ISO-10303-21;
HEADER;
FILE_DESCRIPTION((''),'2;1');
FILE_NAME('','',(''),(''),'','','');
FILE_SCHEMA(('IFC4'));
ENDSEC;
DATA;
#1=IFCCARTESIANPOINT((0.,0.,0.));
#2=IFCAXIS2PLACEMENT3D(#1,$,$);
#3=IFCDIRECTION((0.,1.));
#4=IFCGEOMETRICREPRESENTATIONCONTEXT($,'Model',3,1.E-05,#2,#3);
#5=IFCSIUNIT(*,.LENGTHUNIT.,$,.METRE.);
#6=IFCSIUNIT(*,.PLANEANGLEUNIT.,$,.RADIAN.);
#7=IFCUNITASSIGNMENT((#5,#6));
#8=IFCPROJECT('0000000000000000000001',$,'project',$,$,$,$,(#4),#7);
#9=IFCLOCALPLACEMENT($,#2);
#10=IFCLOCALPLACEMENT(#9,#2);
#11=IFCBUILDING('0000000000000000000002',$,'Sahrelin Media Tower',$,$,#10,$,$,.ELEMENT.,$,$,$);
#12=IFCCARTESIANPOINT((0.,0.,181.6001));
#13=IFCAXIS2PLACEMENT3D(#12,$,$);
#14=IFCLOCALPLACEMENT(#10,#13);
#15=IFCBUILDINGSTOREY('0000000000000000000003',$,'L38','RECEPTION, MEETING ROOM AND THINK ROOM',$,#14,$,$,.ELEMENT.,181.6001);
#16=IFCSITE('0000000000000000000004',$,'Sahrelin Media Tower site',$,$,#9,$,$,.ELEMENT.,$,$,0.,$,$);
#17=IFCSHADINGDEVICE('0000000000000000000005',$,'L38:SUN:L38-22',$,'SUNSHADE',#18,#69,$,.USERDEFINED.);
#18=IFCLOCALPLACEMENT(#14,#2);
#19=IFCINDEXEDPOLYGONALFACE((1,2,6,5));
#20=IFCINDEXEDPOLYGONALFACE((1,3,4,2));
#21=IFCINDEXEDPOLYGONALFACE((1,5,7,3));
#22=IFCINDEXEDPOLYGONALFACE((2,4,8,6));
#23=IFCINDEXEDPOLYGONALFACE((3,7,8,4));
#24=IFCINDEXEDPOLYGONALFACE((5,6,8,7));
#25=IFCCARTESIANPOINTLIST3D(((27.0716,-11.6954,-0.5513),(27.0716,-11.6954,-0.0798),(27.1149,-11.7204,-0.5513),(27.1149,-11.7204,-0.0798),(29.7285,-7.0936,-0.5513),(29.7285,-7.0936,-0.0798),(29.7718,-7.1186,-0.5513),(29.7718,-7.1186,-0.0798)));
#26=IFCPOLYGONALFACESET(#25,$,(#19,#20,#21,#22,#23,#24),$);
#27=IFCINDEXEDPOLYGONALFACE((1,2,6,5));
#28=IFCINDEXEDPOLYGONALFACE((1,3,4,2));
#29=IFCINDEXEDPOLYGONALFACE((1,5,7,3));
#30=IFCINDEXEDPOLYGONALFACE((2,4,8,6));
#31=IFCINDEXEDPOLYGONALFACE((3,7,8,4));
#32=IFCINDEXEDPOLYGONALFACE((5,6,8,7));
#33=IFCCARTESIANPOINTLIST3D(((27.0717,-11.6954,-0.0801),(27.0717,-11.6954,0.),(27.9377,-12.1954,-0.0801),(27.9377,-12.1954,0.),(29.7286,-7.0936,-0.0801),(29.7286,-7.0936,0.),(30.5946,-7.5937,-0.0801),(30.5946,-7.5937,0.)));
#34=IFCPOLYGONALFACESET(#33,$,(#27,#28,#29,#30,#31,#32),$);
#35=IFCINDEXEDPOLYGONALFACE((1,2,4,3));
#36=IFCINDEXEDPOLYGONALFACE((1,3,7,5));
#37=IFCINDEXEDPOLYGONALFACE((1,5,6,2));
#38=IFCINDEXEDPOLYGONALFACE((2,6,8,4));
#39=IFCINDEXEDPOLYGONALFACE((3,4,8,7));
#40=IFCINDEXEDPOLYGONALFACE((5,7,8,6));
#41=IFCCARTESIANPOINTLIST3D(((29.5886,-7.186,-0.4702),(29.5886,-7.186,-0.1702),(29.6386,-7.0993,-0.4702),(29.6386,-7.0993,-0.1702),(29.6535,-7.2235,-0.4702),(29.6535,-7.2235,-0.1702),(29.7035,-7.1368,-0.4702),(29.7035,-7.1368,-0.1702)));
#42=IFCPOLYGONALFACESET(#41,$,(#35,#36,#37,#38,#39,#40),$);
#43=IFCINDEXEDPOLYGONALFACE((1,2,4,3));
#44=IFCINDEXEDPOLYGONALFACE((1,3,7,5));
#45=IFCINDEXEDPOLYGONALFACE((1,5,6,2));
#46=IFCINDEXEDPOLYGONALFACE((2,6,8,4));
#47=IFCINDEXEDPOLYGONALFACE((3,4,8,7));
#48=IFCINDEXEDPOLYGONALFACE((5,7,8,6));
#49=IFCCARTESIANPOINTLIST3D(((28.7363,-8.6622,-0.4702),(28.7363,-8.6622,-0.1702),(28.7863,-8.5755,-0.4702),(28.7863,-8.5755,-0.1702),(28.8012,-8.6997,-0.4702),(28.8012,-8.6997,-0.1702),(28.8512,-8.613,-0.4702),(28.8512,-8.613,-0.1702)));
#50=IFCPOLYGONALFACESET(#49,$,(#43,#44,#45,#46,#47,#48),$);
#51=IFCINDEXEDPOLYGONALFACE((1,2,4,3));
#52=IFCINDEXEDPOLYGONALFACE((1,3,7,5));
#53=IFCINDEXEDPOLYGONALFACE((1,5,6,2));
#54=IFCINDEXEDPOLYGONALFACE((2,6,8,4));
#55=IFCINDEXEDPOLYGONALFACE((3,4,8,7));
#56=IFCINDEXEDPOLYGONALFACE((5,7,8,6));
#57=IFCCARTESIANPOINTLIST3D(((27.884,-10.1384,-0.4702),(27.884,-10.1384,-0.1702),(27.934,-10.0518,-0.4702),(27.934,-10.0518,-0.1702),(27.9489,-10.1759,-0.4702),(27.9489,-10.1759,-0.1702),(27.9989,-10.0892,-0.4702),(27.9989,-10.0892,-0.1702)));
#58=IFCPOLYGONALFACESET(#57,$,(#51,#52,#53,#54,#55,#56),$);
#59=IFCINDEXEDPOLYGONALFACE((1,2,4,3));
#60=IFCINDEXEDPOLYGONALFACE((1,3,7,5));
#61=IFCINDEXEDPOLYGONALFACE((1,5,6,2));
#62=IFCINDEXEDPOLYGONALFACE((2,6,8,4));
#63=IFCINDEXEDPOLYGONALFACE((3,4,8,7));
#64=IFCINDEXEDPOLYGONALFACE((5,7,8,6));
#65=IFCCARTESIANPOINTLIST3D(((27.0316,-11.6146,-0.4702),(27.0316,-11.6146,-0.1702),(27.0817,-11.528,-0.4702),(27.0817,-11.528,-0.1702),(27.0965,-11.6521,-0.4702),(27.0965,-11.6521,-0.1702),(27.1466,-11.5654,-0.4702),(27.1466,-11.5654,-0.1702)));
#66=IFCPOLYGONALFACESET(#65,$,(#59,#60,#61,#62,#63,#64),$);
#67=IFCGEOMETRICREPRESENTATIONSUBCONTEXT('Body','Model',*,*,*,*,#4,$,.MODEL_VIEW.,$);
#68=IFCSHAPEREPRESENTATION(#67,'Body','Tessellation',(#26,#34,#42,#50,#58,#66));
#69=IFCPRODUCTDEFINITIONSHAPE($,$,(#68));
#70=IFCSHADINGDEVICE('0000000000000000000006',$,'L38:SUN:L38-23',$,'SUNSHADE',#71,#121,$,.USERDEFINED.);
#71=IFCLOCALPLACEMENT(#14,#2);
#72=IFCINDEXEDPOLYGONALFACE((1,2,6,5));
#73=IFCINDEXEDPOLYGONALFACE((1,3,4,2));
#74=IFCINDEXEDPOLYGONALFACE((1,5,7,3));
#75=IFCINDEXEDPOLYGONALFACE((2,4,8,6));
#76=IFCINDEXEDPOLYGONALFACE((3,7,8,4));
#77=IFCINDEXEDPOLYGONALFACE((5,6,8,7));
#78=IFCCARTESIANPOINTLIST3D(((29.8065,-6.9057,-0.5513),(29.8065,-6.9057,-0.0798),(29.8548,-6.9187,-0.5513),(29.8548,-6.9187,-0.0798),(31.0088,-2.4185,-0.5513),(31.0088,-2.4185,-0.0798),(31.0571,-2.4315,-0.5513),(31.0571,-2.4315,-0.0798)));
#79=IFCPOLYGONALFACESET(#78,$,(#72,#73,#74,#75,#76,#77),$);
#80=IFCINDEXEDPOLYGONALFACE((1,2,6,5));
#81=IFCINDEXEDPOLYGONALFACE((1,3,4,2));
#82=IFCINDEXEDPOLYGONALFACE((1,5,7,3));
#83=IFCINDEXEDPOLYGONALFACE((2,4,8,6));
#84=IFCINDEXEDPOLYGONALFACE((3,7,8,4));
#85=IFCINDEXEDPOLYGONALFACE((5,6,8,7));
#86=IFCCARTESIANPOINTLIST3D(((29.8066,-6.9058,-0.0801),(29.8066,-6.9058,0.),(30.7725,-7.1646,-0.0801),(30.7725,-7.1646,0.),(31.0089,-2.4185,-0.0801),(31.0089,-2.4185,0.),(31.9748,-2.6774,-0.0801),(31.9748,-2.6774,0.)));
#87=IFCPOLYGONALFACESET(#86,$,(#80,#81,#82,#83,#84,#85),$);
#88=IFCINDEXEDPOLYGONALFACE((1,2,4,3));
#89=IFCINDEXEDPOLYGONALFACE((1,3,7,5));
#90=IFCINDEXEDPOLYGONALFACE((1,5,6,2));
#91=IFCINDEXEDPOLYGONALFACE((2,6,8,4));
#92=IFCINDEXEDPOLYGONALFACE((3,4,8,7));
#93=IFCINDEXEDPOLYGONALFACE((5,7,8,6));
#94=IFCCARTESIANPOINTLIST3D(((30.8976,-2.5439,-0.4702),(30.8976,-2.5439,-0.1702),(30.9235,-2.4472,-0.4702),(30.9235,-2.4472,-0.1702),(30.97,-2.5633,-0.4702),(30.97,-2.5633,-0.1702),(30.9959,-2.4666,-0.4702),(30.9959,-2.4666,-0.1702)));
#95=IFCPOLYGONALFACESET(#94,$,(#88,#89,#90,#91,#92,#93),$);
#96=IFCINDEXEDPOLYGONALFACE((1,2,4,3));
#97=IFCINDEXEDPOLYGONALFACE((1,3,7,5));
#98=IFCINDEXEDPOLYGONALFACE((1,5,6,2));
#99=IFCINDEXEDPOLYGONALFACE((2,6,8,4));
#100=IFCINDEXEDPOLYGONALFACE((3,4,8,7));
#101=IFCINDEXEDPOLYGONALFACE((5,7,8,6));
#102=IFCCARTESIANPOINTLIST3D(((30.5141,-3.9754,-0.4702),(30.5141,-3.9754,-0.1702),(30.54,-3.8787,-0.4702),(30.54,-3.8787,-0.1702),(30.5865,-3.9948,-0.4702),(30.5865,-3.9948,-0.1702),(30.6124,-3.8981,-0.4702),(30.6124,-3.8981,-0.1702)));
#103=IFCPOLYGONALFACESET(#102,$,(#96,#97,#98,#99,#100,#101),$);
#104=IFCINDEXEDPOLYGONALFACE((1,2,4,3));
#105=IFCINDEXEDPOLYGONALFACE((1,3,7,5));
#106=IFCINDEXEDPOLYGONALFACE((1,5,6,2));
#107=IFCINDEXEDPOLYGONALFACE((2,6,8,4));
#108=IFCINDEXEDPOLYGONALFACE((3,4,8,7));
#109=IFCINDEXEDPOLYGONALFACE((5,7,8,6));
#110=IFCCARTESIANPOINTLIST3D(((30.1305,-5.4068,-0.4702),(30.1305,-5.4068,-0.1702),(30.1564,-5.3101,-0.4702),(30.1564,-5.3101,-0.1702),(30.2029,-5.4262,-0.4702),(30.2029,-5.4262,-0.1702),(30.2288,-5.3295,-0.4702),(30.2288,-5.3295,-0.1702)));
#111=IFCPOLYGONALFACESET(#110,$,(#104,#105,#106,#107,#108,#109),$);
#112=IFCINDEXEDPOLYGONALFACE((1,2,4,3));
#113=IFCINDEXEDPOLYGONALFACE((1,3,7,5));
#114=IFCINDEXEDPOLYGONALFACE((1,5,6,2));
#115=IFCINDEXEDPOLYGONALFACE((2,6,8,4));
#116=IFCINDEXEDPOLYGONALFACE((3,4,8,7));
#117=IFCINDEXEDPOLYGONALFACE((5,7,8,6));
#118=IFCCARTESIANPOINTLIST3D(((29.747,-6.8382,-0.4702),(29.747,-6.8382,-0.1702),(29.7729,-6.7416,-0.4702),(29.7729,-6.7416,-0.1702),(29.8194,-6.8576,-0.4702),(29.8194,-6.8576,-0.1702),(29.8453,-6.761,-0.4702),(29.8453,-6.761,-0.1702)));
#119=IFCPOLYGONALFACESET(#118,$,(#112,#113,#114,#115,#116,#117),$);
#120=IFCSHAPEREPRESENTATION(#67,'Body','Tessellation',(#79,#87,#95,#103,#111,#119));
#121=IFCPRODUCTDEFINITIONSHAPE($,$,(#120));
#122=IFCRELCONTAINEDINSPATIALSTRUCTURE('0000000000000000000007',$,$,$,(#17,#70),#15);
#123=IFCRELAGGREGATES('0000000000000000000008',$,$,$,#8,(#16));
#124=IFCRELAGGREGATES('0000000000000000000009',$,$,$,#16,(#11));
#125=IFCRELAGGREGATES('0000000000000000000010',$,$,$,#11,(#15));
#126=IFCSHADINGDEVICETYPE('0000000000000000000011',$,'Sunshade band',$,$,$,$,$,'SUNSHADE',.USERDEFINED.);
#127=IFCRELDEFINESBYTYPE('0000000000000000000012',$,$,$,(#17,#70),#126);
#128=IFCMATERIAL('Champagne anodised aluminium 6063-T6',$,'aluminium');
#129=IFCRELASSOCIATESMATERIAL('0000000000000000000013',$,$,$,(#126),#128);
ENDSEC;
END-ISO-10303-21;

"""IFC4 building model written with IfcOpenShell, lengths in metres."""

from ifc_helpers import new_model, si_unit, direction, frame, origin, origin_2d, place, context, subcontext, project, spatial, rectangle, extrude, material, type_object, element, save


model = new_model("IFC4")

# Units and contexts
model_context = context("Model", 3, precision=1e-05, world=origin(), true_north=direction((0.0, 1.0)))
body_context = subcontext(model_context, "Body", "Model", "MODEL_VIEW")
ifc_project = project(units=[si_unit("LENGTHUNIT", "METRE"), si_unit("PLANEANGLEUNIT", "RADIAN")], contexts=[model_context])

# Site, building, storey
site_placement = place(None, origin())
site = spatial("IfcSite", under=ifc_project, at=site_placement, Name="Sahrelin Media Tower site", CompositionType="ELEMENT", RefElevation=0.0)
building_placement = place(site_placement, origin())
building = spatial("IfcBuilding", under=site, at=building_placement, Name="Sahrelin Media Tower", CompositionType="ELEMENT")
storey_placement = place(building_placement, frame((0.0, 0.0, 181.6001)))
storey = spatial("IfcBuildingStorey", under=building, at=storey_placement, Name="L38", Description="RECEPTION, MEETING ROOM AND THINK ROOM", CompositionType="ELEMENT", Elevation=181.6001)

# Shared definitions
ifc_material_1 = material(Name="Champagne anodised aluminium 6063-T6", Category="aluminium")

# Shading devices
placement_1 = place(storey_placement, frame((28.3828, -9.3845, 0.0), z_axis=(0.0, 0.0, 1.0), x_axis=(-0.500011, -0.866019, 0.0)))
placement_2 = place(storey_placement, frame((30.3884, -4.657, 0.0), z_axis=(0.0, 0.0, 1.0), x_axis=(-0.258808, -0.965929, 0.0)))
shading_device_type_1 = type_object("IfcShadingDeviceType", Name="Sunshade band", ElementType="SUNSHADE", PredefinedType="USERDEFINED", material=ifc_material_1)
element("IfcShadingDevice", 1, at=placement_1, inside=storey, type_object=shading_device_type_1, Name="L38:SUN:L38-22", ObjectType="SUNSHADE", PredefinedType="USERDEFINED", context=body_context, shape_type="SweptSolid", body=[
    extrude(rectangle(XDim=5.3137, YDim=0.05, at=origin_2d()), frame((0.0, 0.0449, -0.5513)), (0.0, 0.0, 1.0), 0.4714),
    extrude(rectangle(XDim=5.3137, YDim=1.0, at=origin_2d()), frame((0.0, 0.52, -0.0801)), (0.0, 0.0, 1.0), 0.0801),
    extrude(rectangle(XDim=0.1001, YDim=0.075, at=origin_2d()), frame((-2.5569, -0.0176, -0.4702)), (0.0, 0.0, 1.0), 0.3),
    extrude(rectangle(XDim=0.1001, YDim=0.075, at=origin_2d()), frame((-0.8523, -0.0176, -0.4702)), (0.0, 0.0, 1.0), 0.3),
    extrude(rectangle(XDim=0.1001, YDim=0.075, at=origin_2d()), frame((0.8523, -0.0176, -0.4702)), (0.0, 0.0, 1.0), 0.3),
    extrude(rectangle(XDim=0.1001, YDim=0.075, at=origin_2d()), frame((2.5569, -0.0176, -0.4702)), (0.0, 0.0, 1.0), 0.3),
])
element("IfcShadingDevice", 2, at=placement_2, inside=storey, type_object=shading_device_type_1, Name="L38:SUN:L38-23", ObjectType="SUNSHADE", PredefinedType="USERDEFINED", context=body_context, shape_type="SweptSolid", body=[
    extrude(rectangle(XDim=4.6455, YDim=0.05, at=origin_2d()), frame((0.0, 0.0449, -0.5513)), (0.0, 0.0, 1.0), 0.4714),
    extrude(rectangle(XDim=4.6455, YDim=1.0, at=origin_2d()), frame((0.0, 0.52, -0.0801)), (0.0, 0.0, 1.0), 0.0801),
    extrude(rectangle(XDim=0.1001, YDim=0.075, at=origin_2d()), frame((-2.2229, -0.0176, -0.4702)), (0.0, 0.0, 1.0), 0.3),
    extrude(rectangle(XDim=0.1001, YDim=0.075, at=origin_2d()), frame((-0.741, -0.0176, -0.4702)), (0.0, 0.0, 1.0), 0.3),
    extrude(rectangle(XDim=0.1001, YDim=0.075, at=origin_2d()), frame((0.741, -0.0176, -0.4702)), (0.0, 0.0, 1.0), 0.3),
    extrude(rectangle(XDim=0.1001, YDim=0.075, at=origin_2d()), frame((2.2229, -0.0176, -0.4702)), (0.0, 0.0, 1.0), 0.3),
])

save(model, "model.ifc")
